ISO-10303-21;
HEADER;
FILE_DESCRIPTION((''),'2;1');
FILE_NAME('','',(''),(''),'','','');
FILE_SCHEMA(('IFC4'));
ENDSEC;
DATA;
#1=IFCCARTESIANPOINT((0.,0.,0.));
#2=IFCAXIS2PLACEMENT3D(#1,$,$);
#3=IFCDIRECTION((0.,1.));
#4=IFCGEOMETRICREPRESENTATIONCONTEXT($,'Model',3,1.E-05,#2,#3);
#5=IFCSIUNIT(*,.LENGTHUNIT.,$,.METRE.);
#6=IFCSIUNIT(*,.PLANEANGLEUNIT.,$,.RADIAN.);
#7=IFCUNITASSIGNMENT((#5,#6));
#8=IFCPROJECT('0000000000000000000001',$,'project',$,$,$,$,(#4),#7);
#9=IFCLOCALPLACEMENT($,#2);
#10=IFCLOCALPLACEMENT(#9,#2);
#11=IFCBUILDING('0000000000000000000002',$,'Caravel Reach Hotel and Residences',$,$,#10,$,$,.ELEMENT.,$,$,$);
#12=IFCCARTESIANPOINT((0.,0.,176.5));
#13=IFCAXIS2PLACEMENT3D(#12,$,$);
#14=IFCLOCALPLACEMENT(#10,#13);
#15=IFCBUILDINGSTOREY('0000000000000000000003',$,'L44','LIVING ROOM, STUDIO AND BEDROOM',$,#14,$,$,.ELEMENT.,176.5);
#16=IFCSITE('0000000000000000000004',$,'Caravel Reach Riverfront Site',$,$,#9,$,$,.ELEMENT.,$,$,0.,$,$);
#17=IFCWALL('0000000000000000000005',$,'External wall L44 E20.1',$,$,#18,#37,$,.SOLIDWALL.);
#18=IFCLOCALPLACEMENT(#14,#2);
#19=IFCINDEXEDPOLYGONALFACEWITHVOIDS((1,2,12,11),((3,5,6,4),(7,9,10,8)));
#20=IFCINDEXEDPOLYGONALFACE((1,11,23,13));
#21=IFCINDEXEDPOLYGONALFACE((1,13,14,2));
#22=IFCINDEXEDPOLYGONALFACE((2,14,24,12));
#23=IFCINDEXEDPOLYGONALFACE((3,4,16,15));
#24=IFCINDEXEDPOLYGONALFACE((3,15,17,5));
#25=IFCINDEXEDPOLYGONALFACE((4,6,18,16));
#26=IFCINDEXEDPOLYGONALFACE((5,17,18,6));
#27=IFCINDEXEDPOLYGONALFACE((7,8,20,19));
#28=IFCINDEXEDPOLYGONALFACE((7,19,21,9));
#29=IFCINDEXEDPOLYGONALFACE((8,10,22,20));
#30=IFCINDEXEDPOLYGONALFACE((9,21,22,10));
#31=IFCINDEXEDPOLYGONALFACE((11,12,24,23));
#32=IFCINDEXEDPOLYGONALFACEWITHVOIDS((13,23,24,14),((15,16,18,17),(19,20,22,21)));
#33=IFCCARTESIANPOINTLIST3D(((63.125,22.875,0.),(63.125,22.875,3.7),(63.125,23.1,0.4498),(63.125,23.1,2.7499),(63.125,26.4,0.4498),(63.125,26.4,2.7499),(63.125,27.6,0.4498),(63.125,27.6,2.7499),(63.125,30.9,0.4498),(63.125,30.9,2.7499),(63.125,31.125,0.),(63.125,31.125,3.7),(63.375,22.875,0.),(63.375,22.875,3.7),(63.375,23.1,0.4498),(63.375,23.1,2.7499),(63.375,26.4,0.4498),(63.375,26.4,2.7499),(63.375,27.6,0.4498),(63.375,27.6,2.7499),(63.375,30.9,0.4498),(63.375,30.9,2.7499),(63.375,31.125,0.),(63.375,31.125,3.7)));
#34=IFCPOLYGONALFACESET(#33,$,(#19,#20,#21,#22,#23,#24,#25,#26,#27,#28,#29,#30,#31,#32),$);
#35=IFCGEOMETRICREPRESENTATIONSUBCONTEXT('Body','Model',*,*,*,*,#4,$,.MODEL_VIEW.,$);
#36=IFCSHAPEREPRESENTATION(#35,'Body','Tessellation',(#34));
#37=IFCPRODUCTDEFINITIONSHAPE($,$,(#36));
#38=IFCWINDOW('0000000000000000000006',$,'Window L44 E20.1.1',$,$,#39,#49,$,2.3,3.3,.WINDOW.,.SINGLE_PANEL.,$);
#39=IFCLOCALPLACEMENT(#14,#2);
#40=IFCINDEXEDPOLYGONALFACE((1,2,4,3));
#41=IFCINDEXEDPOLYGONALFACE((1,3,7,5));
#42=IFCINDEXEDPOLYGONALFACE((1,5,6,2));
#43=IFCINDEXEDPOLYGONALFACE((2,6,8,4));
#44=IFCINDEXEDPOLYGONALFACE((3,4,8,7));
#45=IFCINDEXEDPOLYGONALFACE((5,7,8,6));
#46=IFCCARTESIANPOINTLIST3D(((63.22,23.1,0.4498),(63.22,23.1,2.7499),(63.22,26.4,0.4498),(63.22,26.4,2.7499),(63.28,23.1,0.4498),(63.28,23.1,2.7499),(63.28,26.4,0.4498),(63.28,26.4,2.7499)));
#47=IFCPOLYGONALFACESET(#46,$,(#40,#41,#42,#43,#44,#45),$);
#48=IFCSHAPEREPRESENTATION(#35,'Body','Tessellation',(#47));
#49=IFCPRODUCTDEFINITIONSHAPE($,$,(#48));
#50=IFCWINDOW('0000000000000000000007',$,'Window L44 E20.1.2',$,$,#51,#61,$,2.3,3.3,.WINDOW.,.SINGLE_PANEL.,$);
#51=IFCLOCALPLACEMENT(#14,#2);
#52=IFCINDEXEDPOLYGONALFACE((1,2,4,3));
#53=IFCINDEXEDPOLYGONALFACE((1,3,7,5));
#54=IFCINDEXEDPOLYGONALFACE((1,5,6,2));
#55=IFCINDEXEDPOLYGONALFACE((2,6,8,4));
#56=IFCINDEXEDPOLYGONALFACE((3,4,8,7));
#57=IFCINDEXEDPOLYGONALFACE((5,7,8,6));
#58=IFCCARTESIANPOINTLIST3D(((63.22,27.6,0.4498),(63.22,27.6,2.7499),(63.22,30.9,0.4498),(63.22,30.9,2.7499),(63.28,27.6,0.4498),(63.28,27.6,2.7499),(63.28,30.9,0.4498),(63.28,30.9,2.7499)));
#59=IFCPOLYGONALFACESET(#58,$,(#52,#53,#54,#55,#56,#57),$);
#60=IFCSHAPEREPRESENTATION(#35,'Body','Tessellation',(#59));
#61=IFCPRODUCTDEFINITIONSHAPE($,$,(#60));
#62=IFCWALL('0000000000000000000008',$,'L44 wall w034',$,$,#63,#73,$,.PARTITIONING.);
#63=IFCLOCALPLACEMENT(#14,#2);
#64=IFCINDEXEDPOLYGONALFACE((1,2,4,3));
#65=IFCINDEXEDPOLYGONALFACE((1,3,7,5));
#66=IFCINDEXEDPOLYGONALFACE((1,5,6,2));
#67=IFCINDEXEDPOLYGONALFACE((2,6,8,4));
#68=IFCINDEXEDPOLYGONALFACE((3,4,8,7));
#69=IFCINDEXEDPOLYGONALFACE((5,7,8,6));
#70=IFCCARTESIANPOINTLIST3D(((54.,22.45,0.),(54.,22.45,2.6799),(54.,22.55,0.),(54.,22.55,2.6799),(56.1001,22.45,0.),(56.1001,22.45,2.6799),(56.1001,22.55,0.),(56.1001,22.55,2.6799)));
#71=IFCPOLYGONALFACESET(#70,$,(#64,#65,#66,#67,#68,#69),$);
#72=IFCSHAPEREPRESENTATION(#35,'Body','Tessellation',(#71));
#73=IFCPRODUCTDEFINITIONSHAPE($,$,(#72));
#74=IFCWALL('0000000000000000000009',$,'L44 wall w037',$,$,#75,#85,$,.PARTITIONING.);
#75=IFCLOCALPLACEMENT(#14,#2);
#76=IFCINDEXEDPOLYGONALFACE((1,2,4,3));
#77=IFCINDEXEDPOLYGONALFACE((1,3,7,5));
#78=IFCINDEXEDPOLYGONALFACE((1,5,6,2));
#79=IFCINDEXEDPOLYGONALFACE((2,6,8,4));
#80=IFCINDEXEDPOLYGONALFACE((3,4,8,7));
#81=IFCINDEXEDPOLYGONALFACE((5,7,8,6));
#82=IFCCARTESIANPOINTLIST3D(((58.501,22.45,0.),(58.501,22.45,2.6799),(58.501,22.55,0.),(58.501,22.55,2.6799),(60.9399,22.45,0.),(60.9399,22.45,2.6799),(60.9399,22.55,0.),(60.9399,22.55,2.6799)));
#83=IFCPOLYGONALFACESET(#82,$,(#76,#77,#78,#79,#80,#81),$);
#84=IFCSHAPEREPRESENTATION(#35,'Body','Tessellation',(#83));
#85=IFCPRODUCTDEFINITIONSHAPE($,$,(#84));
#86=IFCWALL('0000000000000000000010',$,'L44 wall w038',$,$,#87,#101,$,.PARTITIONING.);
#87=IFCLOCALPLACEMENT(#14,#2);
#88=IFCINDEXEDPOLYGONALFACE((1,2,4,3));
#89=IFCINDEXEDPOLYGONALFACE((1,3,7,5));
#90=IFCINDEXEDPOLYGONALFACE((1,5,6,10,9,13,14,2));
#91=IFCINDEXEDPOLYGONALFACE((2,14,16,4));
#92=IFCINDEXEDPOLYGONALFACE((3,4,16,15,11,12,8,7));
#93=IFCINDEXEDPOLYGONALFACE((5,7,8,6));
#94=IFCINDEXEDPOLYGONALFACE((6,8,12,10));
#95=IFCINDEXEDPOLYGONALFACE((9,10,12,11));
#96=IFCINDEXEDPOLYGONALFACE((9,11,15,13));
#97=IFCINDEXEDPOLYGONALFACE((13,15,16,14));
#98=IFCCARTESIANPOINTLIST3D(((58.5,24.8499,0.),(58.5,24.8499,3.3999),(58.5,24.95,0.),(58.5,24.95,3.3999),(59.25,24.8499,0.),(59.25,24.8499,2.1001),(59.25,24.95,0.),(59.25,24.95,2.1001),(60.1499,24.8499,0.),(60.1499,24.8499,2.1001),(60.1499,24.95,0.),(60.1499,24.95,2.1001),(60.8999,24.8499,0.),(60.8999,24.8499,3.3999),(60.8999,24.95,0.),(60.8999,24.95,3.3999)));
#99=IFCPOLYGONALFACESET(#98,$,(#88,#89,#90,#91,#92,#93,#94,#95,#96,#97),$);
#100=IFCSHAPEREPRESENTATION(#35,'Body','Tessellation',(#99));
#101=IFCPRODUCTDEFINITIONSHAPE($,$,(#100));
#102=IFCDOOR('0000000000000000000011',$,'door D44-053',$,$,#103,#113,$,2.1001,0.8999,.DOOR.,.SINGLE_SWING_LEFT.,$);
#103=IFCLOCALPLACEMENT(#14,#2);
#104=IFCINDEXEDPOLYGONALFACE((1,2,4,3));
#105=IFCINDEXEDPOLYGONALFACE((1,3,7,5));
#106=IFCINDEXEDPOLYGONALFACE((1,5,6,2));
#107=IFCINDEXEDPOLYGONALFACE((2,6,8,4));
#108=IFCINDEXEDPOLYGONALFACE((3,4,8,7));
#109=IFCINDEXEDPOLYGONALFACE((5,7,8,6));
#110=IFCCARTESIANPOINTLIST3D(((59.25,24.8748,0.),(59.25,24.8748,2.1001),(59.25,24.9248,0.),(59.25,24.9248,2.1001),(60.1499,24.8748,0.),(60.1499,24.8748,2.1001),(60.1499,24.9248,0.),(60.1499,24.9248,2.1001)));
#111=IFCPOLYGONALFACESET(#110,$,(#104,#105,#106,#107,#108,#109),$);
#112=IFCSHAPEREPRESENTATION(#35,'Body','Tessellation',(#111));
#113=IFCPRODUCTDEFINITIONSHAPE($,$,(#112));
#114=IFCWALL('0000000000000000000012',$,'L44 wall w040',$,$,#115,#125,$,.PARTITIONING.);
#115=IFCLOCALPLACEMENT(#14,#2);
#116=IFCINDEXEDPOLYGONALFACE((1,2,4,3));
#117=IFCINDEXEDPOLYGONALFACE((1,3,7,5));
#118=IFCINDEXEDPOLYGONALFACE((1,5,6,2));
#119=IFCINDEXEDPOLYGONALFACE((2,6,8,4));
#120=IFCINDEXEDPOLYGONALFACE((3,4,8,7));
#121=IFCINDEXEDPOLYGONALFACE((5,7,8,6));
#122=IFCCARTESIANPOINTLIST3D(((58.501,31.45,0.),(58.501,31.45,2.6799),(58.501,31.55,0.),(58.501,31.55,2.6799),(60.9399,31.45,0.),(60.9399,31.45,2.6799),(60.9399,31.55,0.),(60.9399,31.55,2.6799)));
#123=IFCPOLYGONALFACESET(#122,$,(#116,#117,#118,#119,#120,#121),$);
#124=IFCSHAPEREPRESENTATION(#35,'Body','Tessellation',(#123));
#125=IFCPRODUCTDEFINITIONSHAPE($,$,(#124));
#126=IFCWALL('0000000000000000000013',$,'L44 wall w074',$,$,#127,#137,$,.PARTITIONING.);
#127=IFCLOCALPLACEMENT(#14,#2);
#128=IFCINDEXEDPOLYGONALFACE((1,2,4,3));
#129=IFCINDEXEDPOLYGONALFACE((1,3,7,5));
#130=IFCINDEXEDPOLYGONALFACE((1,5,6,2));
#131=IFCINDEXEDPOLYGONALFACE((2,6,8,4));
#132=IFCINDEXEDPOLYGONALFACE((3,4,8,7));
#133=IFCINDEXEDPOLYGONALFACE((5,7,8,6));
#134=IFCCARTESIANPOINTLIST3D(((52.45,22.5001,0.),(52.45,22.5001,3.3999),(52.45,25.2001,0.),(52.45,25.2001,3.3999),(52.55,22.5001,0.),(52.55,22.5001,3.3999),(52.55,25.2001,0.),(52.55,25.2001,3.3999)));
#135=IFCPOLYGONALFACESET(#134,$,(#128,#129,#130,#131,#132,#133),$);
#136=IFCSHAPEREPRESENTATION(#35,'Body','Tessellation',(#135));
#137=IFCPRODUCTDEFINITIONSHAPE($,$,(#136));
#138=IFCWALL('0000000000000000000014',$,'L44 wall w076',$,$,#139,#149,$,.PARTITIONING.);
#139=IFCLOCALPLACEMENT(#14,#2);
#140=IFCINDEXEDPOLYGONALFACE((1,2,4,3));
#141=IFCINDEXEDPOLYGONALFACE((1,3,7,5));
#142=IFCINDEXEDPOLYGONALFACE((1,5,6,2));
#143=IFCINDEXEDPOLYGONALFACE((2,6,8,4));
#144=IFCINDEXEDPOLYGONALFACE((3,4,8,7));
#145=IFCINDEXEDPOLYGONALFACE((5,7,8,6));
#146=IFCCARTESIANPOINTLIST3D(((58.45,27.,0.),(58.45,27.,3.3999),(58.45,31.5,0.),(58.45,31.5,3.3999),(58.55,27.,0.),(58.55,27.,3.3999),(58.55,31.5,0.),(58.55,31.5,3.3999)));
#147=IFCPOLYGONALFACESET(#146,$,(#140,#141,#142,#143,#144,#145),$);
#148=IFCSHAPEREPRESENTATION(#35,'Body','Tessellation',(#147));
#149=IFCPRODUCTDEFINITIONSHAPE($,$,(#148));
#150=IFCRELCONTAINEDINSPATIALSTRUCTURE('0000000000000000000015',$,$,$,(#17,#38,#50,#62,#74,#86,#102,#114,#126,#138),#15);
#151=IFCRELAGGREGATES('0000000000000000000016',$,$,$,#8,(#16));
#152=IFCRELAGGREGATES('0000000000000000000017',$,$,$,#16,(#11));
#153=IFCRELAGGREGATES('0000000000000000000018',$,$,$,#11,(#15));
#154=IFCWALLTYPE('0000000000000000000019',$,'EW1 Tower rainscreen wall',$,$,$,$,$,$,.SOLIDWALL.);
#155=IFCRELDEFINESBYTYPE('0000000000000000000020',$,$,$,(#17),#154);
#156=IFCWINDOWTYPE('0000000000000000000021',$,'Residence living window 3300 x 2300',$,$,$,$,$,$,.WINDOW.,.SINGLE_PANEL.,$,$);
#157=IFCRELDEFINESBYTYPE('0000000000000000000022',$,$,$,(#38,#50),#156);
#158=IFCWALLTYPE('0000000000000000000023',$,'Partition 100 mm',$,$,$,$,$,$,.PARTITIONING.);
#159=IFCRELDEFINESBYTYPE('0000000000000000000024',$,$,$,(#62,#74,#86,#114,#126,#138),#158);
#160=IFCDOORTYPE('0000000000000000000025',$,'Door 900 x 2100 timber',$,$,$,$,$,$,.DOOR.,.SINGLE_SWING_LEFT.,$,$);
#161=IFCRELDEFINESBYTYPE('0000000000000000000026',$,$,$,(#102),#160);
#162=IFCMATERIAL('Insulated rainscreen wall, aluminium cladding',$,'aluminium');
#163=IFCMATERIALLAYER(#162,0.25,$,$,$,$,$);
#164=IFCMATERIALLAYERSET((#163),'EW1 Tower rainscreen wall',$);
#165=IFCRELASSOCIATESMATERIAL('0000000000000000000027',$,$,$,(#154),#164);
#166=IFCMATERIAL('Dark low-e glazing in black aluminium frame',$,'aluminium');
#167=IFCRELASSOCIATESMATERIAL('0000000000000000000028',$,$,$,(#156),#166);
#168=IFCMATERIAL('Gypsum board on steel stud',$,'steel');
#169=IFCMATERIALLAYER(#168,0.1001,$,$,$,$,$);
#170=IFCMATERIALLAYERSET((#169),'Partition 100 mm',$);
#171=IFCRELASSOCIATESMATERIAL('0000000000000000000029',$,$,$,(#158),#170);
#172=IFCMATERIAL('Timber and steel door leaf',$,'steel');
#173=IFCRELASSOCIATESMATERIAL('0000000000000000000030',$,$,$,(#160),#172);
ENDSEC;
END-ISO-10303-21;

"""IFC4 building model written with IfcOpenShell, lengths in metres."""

from ifc_helpers import new_model, si_unit, direction, frame, frame_2d, origin, place, context, subcontext, project, spatial, rectangle, extrude, material, layer, layer_set, type_object, element, fill, save


model = new_model("IFC4")

# Units and contexts
model_context = context("Model", 3, precision=1e-05, world=origin(), true_north=direction((0.0, 1.0)))
body_context = subcontext(model_context, "Body", "Model", "MODEL_VIEW")
ifc_project = project(units=[si_unit("LENGTHUNIT", "METRE"), si_unit("PLANEANGLEUNIT", "RADIAN")], contexts=[model_context])

# Site, building, storey
site_placement = place(None, origin())
site = spatial("IfcSite", under=ifc_project, at=site_placement, Name="Caravel Reach Riverfront Site", CompositionType="ELEMENT", RefElevation=0.0)
building_placement = place(site_placement, origin())
building = spatial("IfcBuilding", under=site, at=building_placement, Name="Caravel Reach Hotel and Residences", CompositionType="ELEMENT")
storey_placement = place(building_placement, frame((0.0, 0.0, 176.5)))
storey = spatial("IfcBuildingStorey", under=building, at=storey_placement, Name="L44", Description="LIVING ROOM, STUDIO AND BEDROOM", CompositionType="ELEMENT", Elevation=176.5)

# Wall, openings, windows
ifc_material_1 = material(Name="Insulated rainscreen wall, aluminium cladding", Category="aluminium")
ifc_layer_1 = layer(ifc_material_1, 0.25)
ifc_layer_set_1 = layer_set([ifc_layer_1], Name="EW1 Tower rainscreen wall")
wall_type_1 = type_object("IfcWallType", Name="EW1 Tower rainscreen wall", PredefinedType="SOLIDWALL", material=ifc_layer_set_1)
wall_1_placement = place(storey_placement, frame((63.25, 22.875, 0.0), z_axis=(0.0, 0.0, 1.0), x_axis=(0.0, 1.0, 0.0)))
wall_1 = element("IfcWall", 1, at=wall_1_placement, inside=storey, type_object=wall_type_1, Name="External wall L44 E20.1", PredefinedType="SOLIDWALL", context=body_context, shape_type="SweptSolid", body=[
    extrude(rectangle(XDim=8.25, YDim=0.25, at=frame_2d((4.125, 0.0))), origin(), (0.0, 0.0, 1.0), 3.7),
])
opening_1_placement = place(wall_1_placement, frame((0.2251, 0.0, 0.45)))
opening_1 = element("IfcOpeningElement", 2, at=opening_1_placement, cuts=wall_1, PredefinedType="OPENING", context=body_context, shape_type="SweptSolid", body=[
    extrude(rectangle(XDim=3.3, YDim=2.3, at=frame_2d((1.6499, 1.1499))), frame((0.0, 0.135, 0.0), z_axis=(0.0, -1.0, 0.0), x_axis=(1.0, 0.0, 0.0)), (0.0, 0.0, 1.0), 0.27),
])
opening_2_placement = place(wall_1_placement, frame((4.7251, 0.0, 0.45)))
opening_2 = element("IfcOpeningElement", 3, at=opening_2_placement, cuts=wall_1, PredefinedType="OPENING", context=body_context, shape_type="SweptSolid", body=[
    extrude(rectangle(XDim=3.3, YDim=2.3, at=frame_2d((1.6499, 1.1499))), frame((0.0, 0.135, 0.0), z_axis=(0.0, -1.0, 0.0), x_axis=(1.0, 0.0, 0.0)), (0.0, 0.0, 1.0), 0.27),
])
ifc_material_2 = material(Name="Dark low-e glazing in black aluminium frame", Category="aluminium")
window_type = type_object("IfcWindowType", Name="Residence living window 3300 x 2300", PartitioningType="SINGLE_PANEL", PredefinedType="WINDOW", material=ifc_material_2)
window_1_placement = place(opening_1_placement, origin())
window_1 = element("IfcWindow", 4, at=window_1_placement, inside=storey, type_object=window_type, Name="Window L44 E20.1.1", OverallHeight=2.3, OverallWidth=3.3, PartitioningType="SINGLE_PANEL", PredefinedType="WINDOW", context=body_context, shape_type="SweptSolid", body=[
    extrude(rectangle(XDim=3.3, YDim=2.3, at=frame_2d((1.6499, 1.1499))), frame((0.0, 0.03, 0.0), z_axis=(0.0, -1.0, 0.0), x_axis=(1.0, 0.0, 0.0)), (0.0, 0.0, 1.0), 0.0601),
])
fill(opening_1, window_1)
window_2_placement = place(opening_2_placement, origin())
window_2 = element("IfcWindow", 5, at=window_2_placement, inside=storey, type_object=window_type, Name="Window L44 E20.1.2", OverallHeight=2.3, OverallWidth=3.3, PartitioningType="SINGLE_PANEL", PredefinedType="WINDOW", context=body_context, shape_type="SweptSolid", body=[
    extrude(rectangle(XDim=3.3, YDim=2.3, at=frame_2d((1.6499, 1.1499))), frame((0.0, 0.03, 0.0), z_axis=(0.0, -1.0, 0.0), x_axis=(1.0, 0.0, 0.0)), (0.0, 0.0, 1.0), 0.0601),
])
fill(opening_2, window_2)

# Walls
ifc_material_3 = material(Name="Gypsum board on steel stud", Category="steel")
ifc_layer_2 = layer(ifc_material_3, 0.1001)
ifc_layer_set_2 = layer_set([ifc_layer_2], Name="Partition 100 mm")
wall_type_2 = type_object("IfcWallType", Name="Partition 100 mm", PredefinedType="PARTITIONING", material=ifc_layer_set_2)
wall_2_placement = place(storey_placement, frame((54.0, 22.5, 0.0), z_axis=(0.0, 0.0, 1.0), x_axis=(1.0, 0.0, 0.0)))
element("IfcWall", 6, at=wall_2_placement, inside=storey, type_object=wall_type_2, Name="L44 wall w034", PredefinedType="PARTITIONING", context=body_context, shape_type="SweptSolid", body=[
    extrude(rectangle(XDim=2.1001, YDim=0.1001, at=frame_2d((1.05, 0.0))), origin(), (0.0, 0.0, 1.0), 2.6799),
])
wall_3_placement = place(storey_placement, frame((58.501, 22.5, 0.0), z_axis=(0.0, 0.0, 1.0), x_axis=(1.0, 0.0, 0.0)))
element("IfcWall", 7, at=wall_3_placement, inside=storey, type_object=wall_type_2, Name="L44 wall w037", PredefinedType="PARTITIONING", context=body_context, shape_type="SweptSolid", body=[
    extrude(rectangle(XDim=2.439, YDim=0.1001, at=frame_2d((1.2195, 0.0))), origin(), (0.0, 0.0, 1.0), 2.6799),
])

# Wall, opening, door
wall_4_placement = place(storey_placement, frame((58.5, 24.8999, 0.0), z_axis=(0.0, 0.0, 1.0), x_axis=(1.0, 0.0, 0.0)))
wall_4 = element("IfcWall", 8, at=wall_4_placement, inside=storey, type_object=wall_type_2, Name="L44 wall w038", PredefinedType="PARTITIONING", context=body_context, shape_type="SweptSolid", body=[
    extrude(rectangle(XDim=2.3999, YDim=0.1001, at=frame_2d((1.2, 0.0))), origin(), (0.0, 0.0, 1.0), 3.3999),
])
opening_3_placement = place(wall_4_placement, frame((0.75, 0.0, 0.0)))
opening_3 = element("IfcOpeningElement", 9, at=opening_3_placement, cuts=wall_4, PredefinedType="OPENING", context=body_context, shape_type="SweptSolid", body=[
    extrude(rectangle(XDim=0.8999, YDim=2.1001, at=frame_2d((0.45, 1.05))), frame((0.0, 0.0601, 0.0), z_axis=(0.0, -1.0, 0.0), x_axis=(1.0, 0.0, 0.0)), (0.0, 0.0, 1.0), 0.1201),
])
ifc_material_4 = material(Name="Timber and steel door leaf", Category="steel")
door_type_1 = type_object("IfcDoorType", Name="Door 900 x 2100 timber", OperationType="SINGLE_SWING_LEFT", PredefinedType="DOOR", material=ifc_material_4)
door_1_placement = place(opening_3_placement, origin())
door_1 = element("IfcDoor", 10, at=door_1_placement, inside=storey, type_object=door_type_1, Name="door D44-053", OperationType="SINGLE_SWING_LEFT", OverallHeight=2.1001, OverallWidth=0.8999, PredefinedType="DOOR", context=body_context, shape_type="SweptSolid", body=[
    extrude(rectangle(XDim=0.8999, YDim=2.1001, at=frame_2d((0.45, 1.05))), frame((0.0, 0.0249, 0.0), z_axis=(0.0, -1.0, 0.0), x_axis=(1.0, 0.0, 0.0)), (0.0, 0.0, 1.0), 0.05),
])
fill(opening_3, door_1)

# Walls
wall_5_placement = place(storey_placement, frame((58.501, 31.5, 0.0), z_axis=(0.0, 0.0, 1.0), x_axis=(1.0, 0.0, 0.0)))
element("IfcWall", 11, at=wall_5_placement, inside=storey, type_object=wall_type_2, Name="L44 wall w040", PredefinedType="PARTITIONING", context=body_context, shape_type="SweptSolid", body=[
    extrude(rectangle(XDim=2.439, YDim=0.1001, at=frame_2d((1.2195, 0.0))), origin(), (0.0, 0.0, 1.0), 2.6799),
])
wall_6_placement = place(storey_placement, frame((52.5, 22.5, 0.0), z_axis=(0.0, 0.0, 1.0), x_axis=(0.0, 1.0, 0.0)))
element("IfcWall", 12, at=wall_6_placement, inside=storey, type_object=wall_type_2, Name="L44 wall w074", PredefinedType="PARTITIONING", context=body_context, shape_type="SweptSolid", body=[
    extrude(rectangle(XDim=2.7, YDim=0.1001, at=frame_2d((1.3501, 0.0))), origin(), (0.0, 0.0, 1.0), 3.3999),
])
wall_7_placement = place(storey_placement, frame((58.5, 27.0, 0.0), z_axis=(0.0, 0.0, 1.0), x_axis=(0.0, 1.0, 0.0)))
element("IfcWall", 13, at=wall_7_placement, inside=storey, type_object=wall_type_2, Name="L44 wall w076", PredefinedType="PARTITIONING", context=body_context, shape_type="SweptSolid", body=[
    extrude(rectangle(XDim=4.5, YDim=0.1001, at=frame_2d((2.25, 0.0))), origin(), (0.0, 0.0, 1.0), 3.3999),
])

save(model, "model.ifc")
